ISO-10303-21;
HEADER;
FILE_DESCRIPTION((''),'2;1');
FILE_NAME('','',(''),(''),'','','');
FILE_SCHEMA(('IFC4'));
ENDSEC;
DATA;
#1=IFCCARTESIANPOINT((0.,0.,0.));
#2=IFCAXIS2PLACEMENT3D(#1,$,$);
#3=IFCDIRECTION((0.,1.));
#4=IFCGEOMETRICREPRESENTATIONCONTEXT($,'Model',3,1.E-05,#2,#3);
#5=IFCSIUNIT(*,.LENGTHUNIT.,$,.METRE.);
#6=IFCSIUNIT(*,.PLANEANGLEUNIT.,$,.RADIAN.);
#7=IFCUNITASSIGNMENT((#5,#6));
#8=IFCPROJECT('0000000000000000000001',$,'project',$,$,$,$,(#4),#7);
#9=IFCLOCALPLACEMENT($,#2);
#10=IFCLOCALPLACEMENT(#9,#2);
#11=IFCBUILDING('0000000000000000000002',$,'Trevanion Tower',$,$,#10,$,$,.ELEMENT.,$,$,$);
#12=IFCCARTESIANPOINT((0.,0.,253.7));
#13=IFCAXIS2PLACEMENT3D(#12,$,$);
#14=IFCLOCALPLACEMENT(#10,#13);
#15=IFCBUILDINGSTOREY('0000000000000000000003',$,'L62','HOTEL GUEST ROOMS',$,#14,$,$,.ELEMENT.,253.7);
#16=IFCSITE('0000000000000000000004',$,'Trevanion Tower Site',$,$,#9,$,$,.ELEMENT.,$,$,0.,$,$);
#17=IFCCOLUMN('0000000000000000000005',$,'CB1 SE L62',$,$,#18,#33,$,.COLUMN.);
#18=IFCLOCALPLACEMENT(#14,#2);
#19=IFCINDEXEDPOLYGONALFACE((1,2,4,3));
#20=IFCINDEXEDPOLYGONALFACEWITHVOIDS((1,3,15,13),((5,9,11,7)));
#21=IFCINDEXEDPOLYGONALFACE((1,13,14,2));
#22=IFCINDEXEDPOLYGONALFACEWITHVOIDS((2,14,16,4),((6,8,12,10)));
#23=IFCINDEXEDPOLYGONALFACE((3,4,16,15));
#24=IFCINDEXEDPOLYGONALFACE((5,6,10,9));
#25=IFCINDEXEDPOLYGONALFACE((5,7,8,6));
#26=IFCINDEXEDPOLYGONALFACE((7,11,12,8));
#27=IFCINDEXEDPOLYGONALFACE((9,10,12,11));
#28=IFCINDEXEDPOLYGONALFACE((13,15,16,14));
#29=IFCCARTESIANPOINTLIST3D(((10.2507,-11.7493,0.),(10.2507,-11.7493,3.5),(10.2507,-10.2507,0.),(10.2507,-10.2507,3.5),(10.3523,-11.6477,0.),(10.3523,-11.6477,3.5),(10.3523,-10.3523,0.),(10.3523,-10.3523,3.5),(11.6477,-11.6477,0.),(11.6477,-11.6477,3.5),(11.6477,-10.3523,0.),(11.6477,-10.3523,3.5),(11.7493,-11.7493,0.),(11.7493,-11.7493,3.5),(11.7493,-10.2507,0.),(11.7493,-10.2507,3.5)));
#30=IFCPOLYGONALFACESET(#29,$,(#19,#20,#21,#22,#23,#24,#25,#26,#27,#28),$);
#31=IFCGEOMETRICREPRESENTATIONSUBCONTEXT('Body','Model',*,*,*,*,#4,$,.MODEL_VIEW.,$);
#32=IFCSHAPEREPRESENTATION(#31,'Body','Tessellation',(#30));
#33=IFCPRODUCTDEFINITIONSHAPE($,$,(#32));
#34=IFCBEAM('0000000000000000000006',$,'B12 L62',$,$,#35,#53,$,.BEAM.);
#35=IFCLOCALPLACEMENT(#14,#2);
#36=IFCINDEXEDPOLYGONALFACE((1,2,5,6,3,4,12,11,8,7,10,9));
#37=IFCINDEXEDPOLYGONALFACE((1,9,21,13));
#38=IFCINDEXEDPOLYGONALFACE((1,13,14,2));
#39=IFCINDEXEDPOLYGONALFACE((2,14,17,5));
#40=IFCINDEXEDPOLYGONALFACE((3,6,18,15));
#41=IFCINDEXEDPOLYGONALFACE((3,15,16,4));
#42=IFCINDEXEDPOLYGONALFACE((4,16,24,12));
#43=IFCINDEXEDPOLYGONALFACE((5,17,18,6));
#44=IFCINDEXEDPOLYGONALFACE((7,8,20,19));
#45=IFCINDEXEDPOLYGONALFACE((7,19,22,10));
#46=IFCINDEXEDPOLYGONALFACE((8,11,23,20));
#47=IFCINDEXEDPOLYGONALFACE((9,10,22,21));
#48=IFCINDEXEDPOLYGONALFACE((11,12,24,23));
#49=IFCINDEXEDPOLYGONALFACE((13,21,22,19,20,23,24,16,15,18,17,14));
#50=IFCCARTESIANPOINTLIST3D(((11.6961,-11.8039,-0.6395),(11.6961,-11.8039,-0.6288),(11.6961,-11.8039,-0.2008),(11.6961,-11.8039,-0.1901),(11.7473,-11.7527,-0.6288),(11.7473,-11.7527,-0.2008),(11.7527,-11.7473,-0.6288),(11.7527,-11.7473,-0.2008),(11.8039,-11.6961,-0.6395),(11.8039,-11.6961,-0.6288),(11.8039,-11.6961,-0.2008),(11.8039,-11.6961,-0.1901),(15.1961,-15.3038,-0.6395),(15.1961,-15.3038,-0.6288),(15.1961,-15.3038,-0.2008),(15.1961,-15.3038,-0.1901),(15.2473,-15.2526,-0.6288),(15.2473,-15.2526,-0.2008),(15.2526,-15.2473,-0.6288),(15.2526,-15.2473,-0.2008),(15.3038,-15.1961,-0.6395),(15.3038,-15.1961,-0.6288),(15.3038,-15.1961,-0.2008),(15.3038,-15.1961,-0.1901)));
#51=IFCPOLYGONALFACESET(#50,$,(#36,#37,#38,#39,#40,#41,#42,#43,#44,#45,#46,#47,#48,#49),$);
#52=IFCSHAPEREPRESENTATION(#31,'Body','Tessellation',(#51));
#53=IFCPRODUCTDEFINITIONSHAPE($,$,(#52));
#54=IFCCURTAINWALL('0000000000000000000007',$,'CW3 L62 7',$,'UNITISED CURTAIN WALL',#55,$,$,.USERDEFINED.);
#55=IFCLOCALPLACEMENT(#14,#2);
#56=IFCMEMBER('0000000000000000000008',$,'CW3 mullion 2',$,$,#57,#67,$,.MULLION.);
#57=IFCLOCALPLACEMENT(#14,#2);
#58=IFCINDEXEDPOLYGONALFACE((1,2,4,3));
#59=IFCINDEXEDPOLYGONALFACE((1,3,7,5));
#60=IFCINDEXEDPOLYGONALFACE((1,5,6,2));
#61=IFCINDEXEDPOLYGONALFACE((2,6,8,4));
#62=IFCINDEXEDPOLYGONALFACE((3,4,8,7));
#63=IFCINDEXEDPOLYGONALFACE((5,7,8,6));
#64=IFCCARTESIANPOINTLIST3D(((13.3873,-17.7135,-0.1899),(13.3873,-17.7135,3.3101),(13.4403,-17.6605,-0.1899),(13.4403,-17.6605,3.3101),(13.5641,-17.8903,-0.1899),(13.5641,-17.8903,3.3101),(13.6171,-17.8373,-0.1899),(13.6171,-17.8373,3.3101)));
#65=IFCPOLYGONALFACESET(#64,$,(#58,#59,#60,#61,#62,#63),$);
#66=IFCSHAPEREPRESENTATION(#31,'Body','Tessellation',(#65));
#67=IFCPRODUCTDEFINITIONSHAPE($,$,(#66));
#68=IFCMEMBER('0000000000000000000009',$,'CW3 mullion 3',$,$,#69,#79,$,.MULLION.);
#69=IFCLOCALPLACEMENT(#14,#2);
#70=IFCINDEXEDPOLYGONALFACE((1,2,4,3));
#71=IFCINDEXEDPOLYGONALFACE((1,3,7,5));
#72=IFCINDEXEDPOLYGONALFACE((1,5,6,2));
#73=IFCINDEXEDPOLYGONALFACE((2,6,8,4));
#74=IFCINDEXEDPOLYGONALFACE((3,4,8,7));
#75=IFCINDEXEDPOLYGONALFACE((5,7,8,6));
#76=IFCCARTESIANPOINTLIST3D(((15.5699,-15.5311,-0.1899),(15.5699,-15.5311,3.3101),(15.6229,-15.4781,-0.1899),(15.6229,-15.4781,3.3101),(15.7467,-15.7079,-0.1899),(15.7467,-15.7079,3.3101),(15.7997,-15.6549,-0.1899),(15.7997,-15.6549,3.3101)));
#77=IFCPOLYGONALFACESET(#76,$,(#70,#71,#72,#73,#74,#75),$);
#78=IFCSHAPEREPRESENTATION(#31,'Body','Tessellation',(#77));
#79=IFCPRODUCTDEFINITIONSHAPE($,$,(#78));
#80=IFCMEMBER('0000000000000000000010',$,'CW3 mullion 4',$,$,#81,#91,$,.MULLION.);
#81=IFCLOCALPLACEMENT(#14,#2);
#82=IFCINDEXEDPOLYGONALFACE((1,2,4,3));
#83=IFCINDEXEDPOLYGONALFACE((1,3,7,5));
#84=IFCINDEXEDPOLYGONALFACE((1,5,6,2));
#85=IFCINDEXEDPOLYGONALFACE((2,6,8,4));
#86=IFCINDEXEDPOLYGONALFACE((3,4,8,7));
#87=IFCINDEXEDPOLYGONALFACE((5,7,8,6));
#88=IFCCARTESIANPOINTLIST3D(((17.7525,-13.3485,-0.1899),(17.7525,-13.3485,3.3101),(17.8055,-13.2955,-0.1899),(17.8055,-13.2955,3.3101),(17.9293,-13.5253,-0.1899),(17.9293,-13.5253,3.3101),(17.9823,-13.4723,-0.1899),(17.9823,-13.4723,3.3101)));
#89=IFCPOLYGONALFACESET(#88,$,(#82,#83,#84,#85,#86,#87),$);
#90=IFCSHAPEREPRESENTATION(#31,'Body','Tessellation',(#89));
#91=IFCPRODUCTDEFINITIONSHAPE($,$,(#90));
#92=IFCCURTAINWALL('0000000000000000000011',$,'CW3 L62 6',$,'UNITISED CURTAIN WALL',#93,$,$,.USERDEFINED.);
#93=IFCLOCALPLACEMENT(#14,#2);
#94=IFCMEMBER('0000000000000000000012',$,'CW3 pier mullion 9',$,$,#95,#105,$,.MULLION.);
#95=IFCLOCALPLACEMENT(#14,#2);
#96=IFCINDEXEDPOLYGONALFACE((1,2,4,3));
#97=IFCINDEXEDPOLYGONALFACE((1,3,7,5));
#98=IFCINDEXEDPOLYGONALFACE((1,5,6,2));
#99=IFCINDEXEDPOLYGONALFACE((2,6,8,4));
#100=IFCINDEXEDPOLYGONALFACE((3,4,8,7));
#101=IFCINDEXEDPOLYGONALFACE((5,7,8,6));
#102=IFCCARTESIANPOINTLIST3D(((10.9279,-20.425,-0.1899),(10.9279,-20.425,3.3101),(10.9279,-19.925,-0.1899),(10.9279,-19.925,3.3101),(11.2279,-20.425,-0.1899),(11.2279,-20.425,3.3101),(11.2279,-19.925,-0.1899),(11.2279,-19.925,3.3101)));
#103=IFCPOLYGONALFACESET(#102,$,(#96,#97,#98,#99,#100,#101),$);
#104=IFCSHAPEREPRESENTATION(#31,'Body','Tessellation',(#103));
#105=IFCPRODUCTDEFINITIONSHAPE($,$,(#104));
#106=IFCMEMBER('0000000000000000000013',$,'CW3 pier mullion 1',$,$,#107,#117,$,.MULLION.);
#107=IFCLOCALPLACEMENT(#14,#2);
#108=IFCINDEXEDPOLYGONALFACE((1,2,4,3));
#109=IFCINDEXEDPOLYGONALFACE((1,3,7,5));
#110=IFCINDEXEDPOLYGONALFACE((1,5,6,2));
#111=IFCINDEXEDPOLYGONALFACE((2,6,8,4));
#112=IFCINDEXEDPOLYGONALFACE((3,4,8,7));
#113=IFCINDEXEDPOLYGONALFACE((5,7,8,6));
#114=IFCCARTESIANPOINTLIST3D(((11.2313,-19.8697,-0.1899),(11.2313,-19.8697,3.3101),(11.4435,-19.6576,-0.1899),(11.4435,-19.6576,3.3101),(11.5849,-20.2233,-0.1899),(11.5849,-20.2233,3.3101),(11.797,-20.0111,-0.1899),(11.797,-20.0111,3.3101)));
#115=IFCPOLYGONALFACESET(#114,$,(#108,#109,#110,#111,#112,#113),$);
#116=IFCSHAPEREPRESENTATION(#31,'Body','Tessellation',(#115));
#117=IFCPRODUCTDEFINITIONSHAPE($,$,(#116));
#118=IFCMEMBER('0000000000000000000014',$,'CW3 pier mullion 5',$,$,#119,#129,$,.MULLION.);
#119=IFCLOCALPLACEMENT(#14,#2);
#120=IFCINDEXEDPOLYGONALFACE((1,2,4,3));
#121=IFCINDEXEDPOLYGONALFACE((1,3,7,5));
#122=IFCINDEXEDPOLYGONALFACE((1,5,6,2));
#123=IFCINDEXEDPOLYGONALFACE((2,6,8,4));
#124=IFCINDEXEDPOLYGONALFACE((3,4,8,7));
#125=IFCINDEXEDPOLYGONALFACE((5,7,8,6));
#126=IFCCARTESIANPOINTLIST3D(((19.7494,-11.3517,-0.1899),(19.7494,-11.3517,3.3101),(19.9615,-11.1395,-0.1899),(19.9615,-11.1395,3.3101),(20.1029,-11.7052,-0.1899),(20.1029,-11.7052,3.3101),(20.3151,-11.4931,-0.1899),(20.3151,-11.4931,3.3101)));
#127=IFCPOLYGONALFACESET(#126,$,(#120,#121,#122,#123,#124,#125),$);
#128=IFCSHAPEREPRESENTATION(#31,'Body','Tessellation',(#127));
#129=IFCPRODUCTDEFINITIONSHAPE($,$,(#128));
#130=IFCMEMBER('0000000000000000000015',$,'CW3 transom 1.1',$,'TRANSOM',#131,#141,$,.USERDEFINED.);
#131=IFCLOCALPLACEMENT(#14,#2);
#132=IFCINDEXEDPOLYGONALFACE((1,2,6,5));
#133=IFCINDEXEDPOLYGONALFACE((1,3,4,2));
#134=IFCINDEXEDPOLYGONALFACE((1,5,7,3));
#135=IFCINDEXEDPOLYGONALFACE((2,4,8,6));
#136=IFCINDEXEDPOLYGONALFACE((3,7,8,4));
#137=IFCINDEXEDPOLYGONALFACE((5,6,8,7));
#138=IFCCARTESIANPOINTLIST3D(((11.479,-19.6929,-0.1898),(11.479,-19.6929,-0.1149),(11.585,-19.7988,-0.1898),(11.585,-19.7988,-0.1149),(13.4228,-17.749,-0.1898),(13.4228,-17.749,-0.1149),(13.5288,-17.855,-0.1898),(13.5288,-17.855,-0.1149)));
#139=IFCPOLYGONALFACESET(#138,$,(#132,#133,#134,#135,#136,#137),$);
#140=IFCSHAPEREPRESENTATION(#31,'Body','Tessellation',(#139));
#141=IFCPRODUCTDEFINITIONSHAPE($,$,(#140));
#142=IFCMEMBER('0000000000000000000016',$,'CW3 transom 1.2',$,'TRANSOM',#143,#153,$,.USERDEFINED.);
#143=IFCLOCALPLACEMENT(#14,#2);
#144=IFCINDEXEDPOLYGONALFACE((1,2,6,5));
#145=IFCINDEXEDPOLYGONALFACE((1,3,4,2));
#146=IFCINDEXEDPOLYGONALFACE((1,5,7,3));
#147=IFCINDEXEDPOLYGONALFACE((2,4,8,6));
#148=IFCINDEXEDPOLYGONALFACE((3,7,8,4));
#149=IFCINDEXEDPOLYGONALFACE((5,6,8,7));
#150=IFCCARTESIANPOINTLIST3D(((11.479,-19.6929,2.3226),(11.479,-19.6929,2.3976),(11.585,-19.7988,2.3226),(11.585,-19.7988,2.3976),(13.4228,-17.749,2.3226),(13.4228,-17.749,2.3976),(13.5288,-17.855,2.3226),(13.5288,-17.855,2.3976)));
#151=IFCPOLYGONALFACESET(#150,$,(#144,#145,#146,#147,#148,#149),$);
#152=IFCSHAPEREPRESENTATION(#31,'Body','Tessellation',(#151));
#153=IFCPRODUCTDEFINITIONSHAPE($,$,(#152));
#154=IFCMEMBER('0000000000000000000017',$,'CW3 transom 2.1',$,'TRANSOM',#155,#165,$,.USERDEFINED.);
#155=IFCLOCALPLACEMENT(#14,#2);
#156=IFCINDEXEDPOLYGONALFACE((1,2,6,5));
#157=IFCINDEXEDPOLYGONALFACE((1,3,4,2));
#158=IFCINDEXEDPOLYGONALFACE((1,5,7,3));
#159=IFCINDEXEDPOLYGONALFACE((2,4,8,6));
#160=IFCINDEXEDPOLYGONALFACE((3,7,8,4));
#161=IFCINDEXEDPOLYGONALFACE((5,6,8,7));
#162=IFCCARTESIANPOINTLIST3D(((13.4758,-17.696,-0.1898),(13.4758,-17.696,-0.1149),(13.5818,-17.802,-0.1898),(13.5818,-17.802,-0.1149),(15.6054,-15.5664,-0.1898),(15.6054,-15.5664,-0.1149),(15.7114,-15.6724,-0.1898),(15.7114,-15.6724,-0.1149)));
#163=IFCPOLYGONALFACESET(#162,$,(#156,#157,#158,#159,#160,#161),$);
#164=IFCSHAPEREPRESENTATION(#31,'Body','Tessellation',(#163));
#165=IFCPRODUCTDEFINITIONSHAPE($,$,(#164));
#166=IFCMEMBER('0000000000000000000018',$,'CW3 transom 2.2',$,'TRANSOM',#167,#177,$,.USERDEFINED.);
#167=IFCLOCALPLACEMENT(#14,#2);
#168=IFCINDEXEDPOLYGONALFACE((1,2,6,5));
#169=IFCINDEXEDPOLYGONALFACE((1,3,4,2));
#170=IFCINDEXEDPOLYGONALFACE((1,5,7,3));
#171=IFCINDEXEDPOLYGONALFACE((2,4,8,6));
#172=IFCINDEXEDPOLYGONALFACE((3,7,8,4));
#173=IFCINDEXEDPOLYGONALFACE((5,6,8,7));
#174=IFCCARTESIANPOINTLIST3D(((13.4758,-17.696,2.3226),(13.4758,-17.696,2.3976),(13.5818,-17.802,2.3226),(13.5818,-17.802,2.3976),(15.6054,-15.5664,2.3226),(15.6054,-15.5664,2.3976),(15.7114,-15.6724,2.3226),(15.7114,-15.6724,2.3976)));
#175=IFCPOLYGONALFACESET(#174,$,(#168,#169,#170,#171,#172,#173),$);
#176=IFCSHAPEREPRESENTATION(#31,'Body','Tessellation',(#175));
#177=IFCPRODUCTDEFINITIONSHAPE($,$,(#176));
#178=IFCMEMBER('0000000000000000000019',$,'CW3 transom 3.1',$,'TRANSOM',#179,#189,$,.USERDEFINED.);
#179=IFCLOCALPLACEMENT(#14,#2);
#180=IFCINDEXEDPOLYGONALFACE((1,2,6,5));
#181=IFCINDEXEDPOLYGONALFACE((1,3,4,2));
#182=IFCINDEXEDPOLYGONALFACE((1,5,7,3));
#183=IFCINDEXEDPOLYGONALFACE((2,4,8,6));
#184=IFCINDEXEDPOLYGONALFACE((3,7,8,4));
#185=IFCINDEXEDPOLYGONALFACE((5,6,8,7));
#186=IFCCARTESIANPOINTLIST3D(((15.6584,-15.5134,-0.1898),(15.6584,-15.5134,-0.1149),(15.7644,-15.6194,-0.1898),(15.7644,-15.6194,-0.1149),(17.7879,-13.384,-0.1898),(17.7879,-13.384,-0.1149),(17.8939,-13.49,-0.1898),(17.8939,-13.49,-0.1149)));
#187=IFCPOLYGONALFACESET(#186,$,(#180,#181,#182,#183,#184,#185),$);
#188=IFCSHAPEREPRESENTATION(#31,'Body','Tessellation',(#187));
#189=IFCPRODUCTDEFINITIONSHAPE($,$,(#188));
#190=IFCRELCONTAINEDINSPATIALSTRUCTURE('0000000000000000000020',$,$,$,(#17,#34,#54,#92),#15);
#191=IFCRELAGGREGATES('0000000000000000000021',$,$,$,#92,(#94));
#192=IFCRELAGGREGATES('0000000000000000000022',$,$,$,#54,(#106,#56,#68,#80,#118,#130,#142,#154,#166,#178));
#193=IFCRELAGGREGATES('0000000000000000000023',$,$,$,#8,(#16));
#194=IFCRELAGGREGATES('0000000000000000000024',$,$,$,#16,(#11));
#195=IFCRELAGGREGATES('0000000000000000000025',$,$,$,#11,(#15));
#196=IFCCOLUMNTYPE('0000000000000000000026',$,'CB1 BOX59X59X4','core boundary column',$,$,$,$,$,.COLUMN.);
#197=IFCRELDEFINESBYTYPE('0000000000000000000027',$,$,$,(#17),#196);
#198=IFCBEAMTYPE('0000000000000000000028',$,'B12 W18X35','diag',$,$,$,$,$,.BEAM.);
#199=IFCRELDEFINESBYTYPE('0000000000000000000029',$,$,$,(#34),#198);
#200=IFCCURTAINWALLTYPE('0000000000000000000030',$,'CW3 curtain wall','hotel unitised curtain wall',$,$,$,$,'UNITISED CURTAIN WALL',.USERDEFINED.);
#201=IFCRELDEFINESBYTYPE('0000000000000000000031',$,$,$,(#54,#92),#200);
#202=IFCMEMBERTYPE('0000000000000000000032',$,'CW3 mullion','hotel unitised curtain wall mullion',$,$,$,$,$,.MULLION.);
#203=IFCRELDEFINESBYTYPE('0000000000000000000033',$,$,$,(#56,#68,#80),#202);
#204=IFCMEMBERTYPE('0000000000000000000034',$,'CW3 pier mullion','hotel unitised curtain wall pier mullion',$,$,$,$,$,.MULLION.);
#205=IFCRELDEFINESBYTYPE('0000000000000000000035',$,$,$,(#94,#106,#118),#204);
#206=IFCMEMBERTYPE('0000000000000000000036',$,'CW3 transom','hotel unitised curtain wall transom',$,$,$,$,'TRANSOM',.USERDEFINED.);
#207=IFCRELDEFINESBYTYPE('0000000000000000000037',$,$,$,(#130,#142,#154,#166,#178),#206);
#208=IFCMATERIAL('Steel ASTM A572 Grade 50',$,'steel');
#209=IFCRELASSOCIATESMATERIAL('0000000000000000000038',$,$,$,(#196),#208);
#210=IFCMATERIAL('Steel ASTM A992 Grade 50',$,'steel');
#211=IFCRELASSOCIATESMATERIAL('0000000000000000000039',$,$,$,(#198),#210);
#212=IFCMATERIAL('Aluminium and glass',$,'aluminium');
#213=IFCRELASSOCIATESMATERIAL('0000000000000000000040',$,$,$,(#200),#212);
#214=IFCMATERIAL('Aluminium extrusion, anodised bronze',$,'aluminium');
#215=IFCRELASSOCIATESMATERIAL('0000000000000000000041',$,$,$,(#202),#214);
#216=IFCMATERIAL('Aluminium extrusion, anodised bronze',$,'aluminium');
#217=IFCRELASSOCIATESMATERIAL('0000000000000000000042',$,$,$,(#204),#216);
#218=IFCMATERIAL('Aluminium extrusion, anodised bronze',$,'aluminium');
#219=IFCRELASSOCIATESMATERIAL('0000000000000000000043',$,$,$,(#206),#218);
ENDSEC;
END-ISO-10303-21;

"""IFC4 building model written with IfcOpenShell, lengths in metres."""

from ifc_helpers import new_model, si_unit, direction, frame, origin, origin_2d, place, context, subcontext, project, spatial, rectangle, hollow_rectangle, i_section, extrude, material, material_profile, profile_set, type_object, element, aggregate, save


model = new_model("IFC4")

# Units and contexts
model_context = context("Model", 3, precision=1e-05, world=origin(), true_north=direction((0.0, 1.0)))
body_context = subcontext(model_context, "Body", "Model", "MODEL_VIEW")
ifc_project = project(units=[si_unit("LENGTHUNIT", "METRE"), si_unit("PLANEANGLEUNIT", "RADIAN")], contexts=[model_context])

# Site, building, storey
site_placement = place(None, origin())
site = spatial("IfcSite", under=ifc_project, at=site_placement, Name="Trevanion Tower Site", CompositionType="ELEMENT", RefElevation=0.0)
building_placement = place(site_placement, origin())
building = spatial("IfcBuilding", under=site, at=building_placement, Name="Trevanion Tower", CompositionType="ELEMENT")
storey_placement = place(building_placement, frame((0.0, 0.0, 253.7)))
storey = spatial("IfcBuildingStorey", under=building, at=storey_placement, Name="L62", Description="HOTEL GUEST ROOMS", CompositionType="ELEMENT", Elevation=253.7)

# Column
ifc_material_1 = material(Name="Steel ASTM A572 Grade 50", Category="steel")
ifc_material_profile_1 = material_profile(ifc_material_1, hollow_rectangle(XDim=1.4985, YDim=1.4985, WallThickness=0.1016, at=origin_2d()), Name="BOX59X59X4")
ifc_profile_set_1 = profile_set([ifc_material_profile_1], Name="Steel ASTM A572 Grade 50")
column_type = type_object("IfcColumnType", Name="CB1 BOX59X59X4", Description="core boundary column", PredefinedType="COLUMN", material=ifc_profile_set_1)
column_placement = place(storey_placement, frame((11.0, -11.0, 0.0), z_axis=(0.0, 0.0, 1.0), x_axis=(1.0, 0.0, 0.0)))
element("IfcColumn", 1, at=column_placement, inside=storey, type_object=column_type, Name="CB1 SE L62", PredefinedType="COLUMN", context=body_context, shape_type="SweptSolid", body=[
    extrude(hollow_rectangle(XDim=1.4985, YDim=1.4985, WallThickness=0.1016, at=origin_2d()), origin(), (0.0, 0.0, 1.0), 3.5),
])

# Beam
ifc_material_2 = material(Name="Steel ASTM A992 Grade 50", Category="steel")
ifc_material_profile_2 = material_profile(ifc_material_2, i_section(OverallWidth=0.1523, OverallDepth=0.4495, WebThickness=0.0076, FlangeThickness=0.0107, at=origin_2d()), Name="W18X35")
ifc_profile_set_2 = profile_set([ifc_material_profile_2], Name="Steel ASTM A992 Grade 50")
beam_type_1 = type_object("IfcBeamType", Name="B12 W18X35", Description="diag", PredefinedType="BEAM", material=ifc_profile_set_2)
beam_1_placement = place(storey_placement, frame((11.75, -11.75, -0.4148), z_axis=(0.707107, -0.707107, 0.0), x_axis=(0.707107, 0.707107, 0.0)))
element("IfcBeam", 2, at=beam_1_placement, inside=storey, type_object=beam_type_1, Name="B12 L62", PredefinedType="BEAM", context=body_context, shape_type="SweptSolid", body=[
    extrude(i_section(OverallWidth=0.1523, OverallDepth=0.4495, WebThickness=0.0076, FlangeThickness=0.0107, at=origin_2d()), origin(), (0.0, 0.0, 1.0), 4.9497),
])

# Curtain wall, members
ifc_material_3 = material(Name="Aluminium and glass", Category="aluminium")
curtain_wall_type = type_object("IfcCurtainWallType", Name="CW3 curtain wall", Description="hotel unitised curtain wall", ElementType="UNITISED CURTAIN WALL", PredefinedType="USERDEFINED", material=ifc_material_3)
curtain_wall_1_placement = place(storey_placement, origin())
curtain_wall_1 = element("IfcCurtainWall", 3, at=curtain_wall_1_placement, inside=storey, type_object=curtain_wall_type, Name="CW3 L62 7", ObjectType="UNITISED CURTAIN WALL", PredefinedType="USERDEFINED")
ifc_material_4 = material(Name="Aluminium extrusion, anodised bronze", Category="aluminium")
ifc_material_profile_3 = material_profile(ifc_material_4, rectangle(XDim=0.075, YDim=0.25, at=origin_2d()), Name="CW3 mullion")
ifc_profile_set_3 = profile_set([ifc_material_profile_3], Name="Aluminium extrusion, anodised bronze")
member_type_1 = type_object("IfcMemberType", Name="CW3 mullion", Description="hotel unitised curtain wall mullion", PredefinedType="MULLION", material=ifc_profile_set_3)
member_1_placement = place(storey_placement, frame((13.5022, -17.7754, -0.1899), z_axis=(0.0, 0.0, 1.0), x_axis=(0.707107, 0.707107, 0.0)))
member_1 = element("IfcMember", 4, at=member_1_placement, type_object=member_type_1, Name="CW3 mullion 2", PredefinedType="MULLION", context=body_context, shape_type="SweptSolid", body=[
    extrude(rectangle(XDim=0.075, YDim=0.25, at=origin_2d()), origin(), (0.0, 0.0, 1.0), 3.5),
])
member_2_placement = place(storey_placement, frame((15.6848, -15.593, -0.1899), z_axis=(0.0, 0.0, 1.0), x_axis=(0.707107, 0.707107, 0.0)))
member_2 = element("IfcMember", 5, at=member_2_placement, type_object=member_type_1, Name="CW3 mullion 3", PredefinedType="MULLION", context=body_context, shape_type="SweptSolid", body=[
    extrude(rectangle(XDim=0.075, YDim=0.25, at=origin_2d()), origin(), (0.0, 0.0, 1.0), 3.5),
])
member_3_placement = place(storey_placement, frame((17.8674, -13.4104, -0.1899), z_axis=(0.0, 0.0, 1.0), x_axis=(0.707107, 0.707107, 0.0)))
member_3 = element("IfcMember", 6, at=member_3_placement, type_object=member_type_1, Name="CW3 mullion 4", PredefinedType="MULLION", context=body_context, shape_type="SweptSolid", body=[
    extrude(rectangle(XDim=0.075, YDim=0.25, at=origin_2d()), origin(), (0.0, 0.0, 1.0), 3.5),
])

# Curtain wall, member
curtain_wall_2_placement = place(storey_placement, origin())
curtain_wall_2 = element("IfcCurtainWall", 7, at=curtain_wall_2_placement, inside=storey, type_object=curtain_wall_type, Name="CW3 L62 6", ObjectType="UNITISED CURTAIN WALL", PredefinedType="USERDEFINED")
ifc_material_5 = material(Name="Aluminium extrusion, anodised bronze", Category="aluminium")
ifc_material_profile_4 = material_profile(ifc_material_5, rectangle(XDim=0.3, YDim=0.5, at=origin_2d()), Name="CW3 pier mullion")
ifc_profile_set_4 = profile_set([ifc_material_profile_4], Name="Aluminium extrusion, anodised bronze")
member_type_2 = type_object("IfcMemberType", Name="CW3 pier mullion", Description="hotel unitised curtain wall pier mullion", PredefinedType="MULLION", material=ifc_profile_set_4)
member_4_placement = place(storey_placement, frame((11.0779, -20.175, -0.1899), z_axis=(0.0, 0.0, 1.0), x_axis=(1.0, 0.0, 0.0)))
member_4 = element("IfcMember", 8, at=member_4_placement, type_object=member_type_2, Name="CW3 pier mullion 9", PredefinedType="MULLION", context=body_context, shape_type="SweptSolid", body=[
    extrude(rectangle(XDim=0.3, YDim=0.5, at=origin_2d()), origin(), (0.0, 0.0, 1.0), 3.5),
])
aggregate(curtain_wall_2, [member_4])

# Members
member_5_placement = place(storey_placement, frame((11.5142, -19.9404, -0.1899), z_axis=(0.0, 0.0, 1.0), x_axis=(0.707107, 0.707107, 0.0)))
member_5 = element("IfcMember", 9, at=member_5_placement, type_object=member_type_2, Name="CW3 pier mullion 1", PredefinedType="MULLION", context=body_context, shape_type="SweptSolid", body=[
    extrude(rectangle(XDim=0.3, YDim=0.5, at=origin_2d()), origin(), (0.0, 0.0, 1.0), 3.5),
])
member_6_placement = place(storey_placement, frame((20.0322, -11.4224, -0.1899), z_axis=(0.0, 0.0, 1.0), x_axis=(0.707107, 0.707107, 0.0)))
member_6 = element("IfcMember", 10, at=member_6_placement, type_object=member_type_2, Name="CW3 pier mullion 5", PredefinedType="MULLION", context=body_context, shape_type="SweptSolid", body=[
    extrude(rectangle(XDim=0.3, YDim=0.5, at=origin_2d()), origin(), (0.0, 0.0, 1.0), 3.5),
])
ifc_material_6 = material(Name="Aluminium extrusion, anodised bronze", Category="aluminium")
ifc_material_profile_5 = material_profile(ifc_material_6, rectangle(XDim=0.1499, YDim=0.075, at=origin_2d()), Name="CW3 transom")
ifc_profile_set_5 = profile_set([ifc_material_profile_5], Name="Aluminium extrusion, anodised bronze")
member_type_3 = type_object("IfcMemberType", Name="CW3 transom", Description="hotel unitised curtain wall transom", ElementType="TRANSOM", PredefinedType="USERDEFINED", material=ifc_profile_set_5)
member_7_placement = place(storey_placement, frame((11.532, -19.7458, -0.1523), z_axis=(0.707107, 0.707107, 0.0), x_axis=(-0.707107, 0.707107, 0.0)))
member_7 = element("IfcMember", 11, at=member_7_placement, type_object=member_type_3, Name="CW3 transom 1.1", ObjectType="TRANSOM", PredefinedType="USERDEFINED", context=body_context, shape_type="SweptSolid", body=[
    extrude(rectangle(XDim=0.1499, YDim=0.075, at=origin_2d()), origin(), (0.0, 0.0, 1.0), 2.749),
])
member_8_placement = place(storey_placement, frame((11.532, -19.7458, 2.3601), z_axis=(0.707107, 0.707107, 0.0), x_axis=(-0.707107, 0.707107, 0.0)))
member_8 = element("IfcMember", 12, at=member_8_placement, type_object=member_type_3, Name="CW3 transom 1.2", ObjectType="TRANSOM", PredefinedType="USERDEFINED", context=body_context, shape_type="SweptSolid", body=[
    extrude(rectangle(XDim=0.1499, YDim=0.075, at=origin_2d()), origin(), (0.0, 0.0, 1.0), 2.749),
])
member_9_placement = place(storey_placement, frame((13.5288, -17.749, -0.1523), z_axis=(0.707107, 0.707107, 0.0), x_axis=(-0.707107, 0.707107, 0.0)))
member_9 = element("IfcMember", 13, at=member_9_placement, type_object=member_type_3, Name="CW3 transom 2.1", ObjectType="TRANSOM", PredefinedType="USERDEFINED", context=body_context, shape_type="SweptSolid", body=[
    extrude(rectangle(XDim=0.1499, YDim=0.075, at=origin_2d()), origin(), (0.0, 0.0, 1.0), 3.0117),
])
member_10_placement = place(storey_placement, frame((13.5288, -17.749, 2.3601), z_axis=(0.707107, 0.707107, 0.0), x_axis=(-0.707107, 0.707107, 0.0)))
member_10 = element("IfcMember", 14, at=member_10_placement, type_object=member_type_3, Name="CW3 transom 2.2", ObjectType="TRANSOM", PredefinedType="USERDEFINED", context=body_context, shape_type="SweptSolid", body=[
    extrude(rectangle(XDim=0.1499, YDim=0.075, at=origin_2d()), origin(), (0.0, 0.0, 1.0), 3.0117),
])
member_11_placement = place(storey_placement, frame((15.7114, -15.5664, -0.1523), z_axis=(0.707107, 0.707107, 0.0), x_axis=(-0.707107, 0.707107, 0.0)))
member_11 = element("IfcMember", 15, at=member_11_placement, type_object=member_type_3, Name="CW3 transom 3.1", ObjectType="TRANSOM", PredefinedType="USERDEFINED", context=body_context, shape_type="SweptSolid", body=[
    extrude(rectangle(XDim=0.1499, YDim=0.075, at=origin_2d()), origin(), (0.0, 0.0, 1.0), 3.0115),
])

aggregate(curtain_wall_1, [member_5, member_1, member_2, member_3, member_6, member_7, member_8, member_9, member_10, member_11])

save(model, "model.ifc")
